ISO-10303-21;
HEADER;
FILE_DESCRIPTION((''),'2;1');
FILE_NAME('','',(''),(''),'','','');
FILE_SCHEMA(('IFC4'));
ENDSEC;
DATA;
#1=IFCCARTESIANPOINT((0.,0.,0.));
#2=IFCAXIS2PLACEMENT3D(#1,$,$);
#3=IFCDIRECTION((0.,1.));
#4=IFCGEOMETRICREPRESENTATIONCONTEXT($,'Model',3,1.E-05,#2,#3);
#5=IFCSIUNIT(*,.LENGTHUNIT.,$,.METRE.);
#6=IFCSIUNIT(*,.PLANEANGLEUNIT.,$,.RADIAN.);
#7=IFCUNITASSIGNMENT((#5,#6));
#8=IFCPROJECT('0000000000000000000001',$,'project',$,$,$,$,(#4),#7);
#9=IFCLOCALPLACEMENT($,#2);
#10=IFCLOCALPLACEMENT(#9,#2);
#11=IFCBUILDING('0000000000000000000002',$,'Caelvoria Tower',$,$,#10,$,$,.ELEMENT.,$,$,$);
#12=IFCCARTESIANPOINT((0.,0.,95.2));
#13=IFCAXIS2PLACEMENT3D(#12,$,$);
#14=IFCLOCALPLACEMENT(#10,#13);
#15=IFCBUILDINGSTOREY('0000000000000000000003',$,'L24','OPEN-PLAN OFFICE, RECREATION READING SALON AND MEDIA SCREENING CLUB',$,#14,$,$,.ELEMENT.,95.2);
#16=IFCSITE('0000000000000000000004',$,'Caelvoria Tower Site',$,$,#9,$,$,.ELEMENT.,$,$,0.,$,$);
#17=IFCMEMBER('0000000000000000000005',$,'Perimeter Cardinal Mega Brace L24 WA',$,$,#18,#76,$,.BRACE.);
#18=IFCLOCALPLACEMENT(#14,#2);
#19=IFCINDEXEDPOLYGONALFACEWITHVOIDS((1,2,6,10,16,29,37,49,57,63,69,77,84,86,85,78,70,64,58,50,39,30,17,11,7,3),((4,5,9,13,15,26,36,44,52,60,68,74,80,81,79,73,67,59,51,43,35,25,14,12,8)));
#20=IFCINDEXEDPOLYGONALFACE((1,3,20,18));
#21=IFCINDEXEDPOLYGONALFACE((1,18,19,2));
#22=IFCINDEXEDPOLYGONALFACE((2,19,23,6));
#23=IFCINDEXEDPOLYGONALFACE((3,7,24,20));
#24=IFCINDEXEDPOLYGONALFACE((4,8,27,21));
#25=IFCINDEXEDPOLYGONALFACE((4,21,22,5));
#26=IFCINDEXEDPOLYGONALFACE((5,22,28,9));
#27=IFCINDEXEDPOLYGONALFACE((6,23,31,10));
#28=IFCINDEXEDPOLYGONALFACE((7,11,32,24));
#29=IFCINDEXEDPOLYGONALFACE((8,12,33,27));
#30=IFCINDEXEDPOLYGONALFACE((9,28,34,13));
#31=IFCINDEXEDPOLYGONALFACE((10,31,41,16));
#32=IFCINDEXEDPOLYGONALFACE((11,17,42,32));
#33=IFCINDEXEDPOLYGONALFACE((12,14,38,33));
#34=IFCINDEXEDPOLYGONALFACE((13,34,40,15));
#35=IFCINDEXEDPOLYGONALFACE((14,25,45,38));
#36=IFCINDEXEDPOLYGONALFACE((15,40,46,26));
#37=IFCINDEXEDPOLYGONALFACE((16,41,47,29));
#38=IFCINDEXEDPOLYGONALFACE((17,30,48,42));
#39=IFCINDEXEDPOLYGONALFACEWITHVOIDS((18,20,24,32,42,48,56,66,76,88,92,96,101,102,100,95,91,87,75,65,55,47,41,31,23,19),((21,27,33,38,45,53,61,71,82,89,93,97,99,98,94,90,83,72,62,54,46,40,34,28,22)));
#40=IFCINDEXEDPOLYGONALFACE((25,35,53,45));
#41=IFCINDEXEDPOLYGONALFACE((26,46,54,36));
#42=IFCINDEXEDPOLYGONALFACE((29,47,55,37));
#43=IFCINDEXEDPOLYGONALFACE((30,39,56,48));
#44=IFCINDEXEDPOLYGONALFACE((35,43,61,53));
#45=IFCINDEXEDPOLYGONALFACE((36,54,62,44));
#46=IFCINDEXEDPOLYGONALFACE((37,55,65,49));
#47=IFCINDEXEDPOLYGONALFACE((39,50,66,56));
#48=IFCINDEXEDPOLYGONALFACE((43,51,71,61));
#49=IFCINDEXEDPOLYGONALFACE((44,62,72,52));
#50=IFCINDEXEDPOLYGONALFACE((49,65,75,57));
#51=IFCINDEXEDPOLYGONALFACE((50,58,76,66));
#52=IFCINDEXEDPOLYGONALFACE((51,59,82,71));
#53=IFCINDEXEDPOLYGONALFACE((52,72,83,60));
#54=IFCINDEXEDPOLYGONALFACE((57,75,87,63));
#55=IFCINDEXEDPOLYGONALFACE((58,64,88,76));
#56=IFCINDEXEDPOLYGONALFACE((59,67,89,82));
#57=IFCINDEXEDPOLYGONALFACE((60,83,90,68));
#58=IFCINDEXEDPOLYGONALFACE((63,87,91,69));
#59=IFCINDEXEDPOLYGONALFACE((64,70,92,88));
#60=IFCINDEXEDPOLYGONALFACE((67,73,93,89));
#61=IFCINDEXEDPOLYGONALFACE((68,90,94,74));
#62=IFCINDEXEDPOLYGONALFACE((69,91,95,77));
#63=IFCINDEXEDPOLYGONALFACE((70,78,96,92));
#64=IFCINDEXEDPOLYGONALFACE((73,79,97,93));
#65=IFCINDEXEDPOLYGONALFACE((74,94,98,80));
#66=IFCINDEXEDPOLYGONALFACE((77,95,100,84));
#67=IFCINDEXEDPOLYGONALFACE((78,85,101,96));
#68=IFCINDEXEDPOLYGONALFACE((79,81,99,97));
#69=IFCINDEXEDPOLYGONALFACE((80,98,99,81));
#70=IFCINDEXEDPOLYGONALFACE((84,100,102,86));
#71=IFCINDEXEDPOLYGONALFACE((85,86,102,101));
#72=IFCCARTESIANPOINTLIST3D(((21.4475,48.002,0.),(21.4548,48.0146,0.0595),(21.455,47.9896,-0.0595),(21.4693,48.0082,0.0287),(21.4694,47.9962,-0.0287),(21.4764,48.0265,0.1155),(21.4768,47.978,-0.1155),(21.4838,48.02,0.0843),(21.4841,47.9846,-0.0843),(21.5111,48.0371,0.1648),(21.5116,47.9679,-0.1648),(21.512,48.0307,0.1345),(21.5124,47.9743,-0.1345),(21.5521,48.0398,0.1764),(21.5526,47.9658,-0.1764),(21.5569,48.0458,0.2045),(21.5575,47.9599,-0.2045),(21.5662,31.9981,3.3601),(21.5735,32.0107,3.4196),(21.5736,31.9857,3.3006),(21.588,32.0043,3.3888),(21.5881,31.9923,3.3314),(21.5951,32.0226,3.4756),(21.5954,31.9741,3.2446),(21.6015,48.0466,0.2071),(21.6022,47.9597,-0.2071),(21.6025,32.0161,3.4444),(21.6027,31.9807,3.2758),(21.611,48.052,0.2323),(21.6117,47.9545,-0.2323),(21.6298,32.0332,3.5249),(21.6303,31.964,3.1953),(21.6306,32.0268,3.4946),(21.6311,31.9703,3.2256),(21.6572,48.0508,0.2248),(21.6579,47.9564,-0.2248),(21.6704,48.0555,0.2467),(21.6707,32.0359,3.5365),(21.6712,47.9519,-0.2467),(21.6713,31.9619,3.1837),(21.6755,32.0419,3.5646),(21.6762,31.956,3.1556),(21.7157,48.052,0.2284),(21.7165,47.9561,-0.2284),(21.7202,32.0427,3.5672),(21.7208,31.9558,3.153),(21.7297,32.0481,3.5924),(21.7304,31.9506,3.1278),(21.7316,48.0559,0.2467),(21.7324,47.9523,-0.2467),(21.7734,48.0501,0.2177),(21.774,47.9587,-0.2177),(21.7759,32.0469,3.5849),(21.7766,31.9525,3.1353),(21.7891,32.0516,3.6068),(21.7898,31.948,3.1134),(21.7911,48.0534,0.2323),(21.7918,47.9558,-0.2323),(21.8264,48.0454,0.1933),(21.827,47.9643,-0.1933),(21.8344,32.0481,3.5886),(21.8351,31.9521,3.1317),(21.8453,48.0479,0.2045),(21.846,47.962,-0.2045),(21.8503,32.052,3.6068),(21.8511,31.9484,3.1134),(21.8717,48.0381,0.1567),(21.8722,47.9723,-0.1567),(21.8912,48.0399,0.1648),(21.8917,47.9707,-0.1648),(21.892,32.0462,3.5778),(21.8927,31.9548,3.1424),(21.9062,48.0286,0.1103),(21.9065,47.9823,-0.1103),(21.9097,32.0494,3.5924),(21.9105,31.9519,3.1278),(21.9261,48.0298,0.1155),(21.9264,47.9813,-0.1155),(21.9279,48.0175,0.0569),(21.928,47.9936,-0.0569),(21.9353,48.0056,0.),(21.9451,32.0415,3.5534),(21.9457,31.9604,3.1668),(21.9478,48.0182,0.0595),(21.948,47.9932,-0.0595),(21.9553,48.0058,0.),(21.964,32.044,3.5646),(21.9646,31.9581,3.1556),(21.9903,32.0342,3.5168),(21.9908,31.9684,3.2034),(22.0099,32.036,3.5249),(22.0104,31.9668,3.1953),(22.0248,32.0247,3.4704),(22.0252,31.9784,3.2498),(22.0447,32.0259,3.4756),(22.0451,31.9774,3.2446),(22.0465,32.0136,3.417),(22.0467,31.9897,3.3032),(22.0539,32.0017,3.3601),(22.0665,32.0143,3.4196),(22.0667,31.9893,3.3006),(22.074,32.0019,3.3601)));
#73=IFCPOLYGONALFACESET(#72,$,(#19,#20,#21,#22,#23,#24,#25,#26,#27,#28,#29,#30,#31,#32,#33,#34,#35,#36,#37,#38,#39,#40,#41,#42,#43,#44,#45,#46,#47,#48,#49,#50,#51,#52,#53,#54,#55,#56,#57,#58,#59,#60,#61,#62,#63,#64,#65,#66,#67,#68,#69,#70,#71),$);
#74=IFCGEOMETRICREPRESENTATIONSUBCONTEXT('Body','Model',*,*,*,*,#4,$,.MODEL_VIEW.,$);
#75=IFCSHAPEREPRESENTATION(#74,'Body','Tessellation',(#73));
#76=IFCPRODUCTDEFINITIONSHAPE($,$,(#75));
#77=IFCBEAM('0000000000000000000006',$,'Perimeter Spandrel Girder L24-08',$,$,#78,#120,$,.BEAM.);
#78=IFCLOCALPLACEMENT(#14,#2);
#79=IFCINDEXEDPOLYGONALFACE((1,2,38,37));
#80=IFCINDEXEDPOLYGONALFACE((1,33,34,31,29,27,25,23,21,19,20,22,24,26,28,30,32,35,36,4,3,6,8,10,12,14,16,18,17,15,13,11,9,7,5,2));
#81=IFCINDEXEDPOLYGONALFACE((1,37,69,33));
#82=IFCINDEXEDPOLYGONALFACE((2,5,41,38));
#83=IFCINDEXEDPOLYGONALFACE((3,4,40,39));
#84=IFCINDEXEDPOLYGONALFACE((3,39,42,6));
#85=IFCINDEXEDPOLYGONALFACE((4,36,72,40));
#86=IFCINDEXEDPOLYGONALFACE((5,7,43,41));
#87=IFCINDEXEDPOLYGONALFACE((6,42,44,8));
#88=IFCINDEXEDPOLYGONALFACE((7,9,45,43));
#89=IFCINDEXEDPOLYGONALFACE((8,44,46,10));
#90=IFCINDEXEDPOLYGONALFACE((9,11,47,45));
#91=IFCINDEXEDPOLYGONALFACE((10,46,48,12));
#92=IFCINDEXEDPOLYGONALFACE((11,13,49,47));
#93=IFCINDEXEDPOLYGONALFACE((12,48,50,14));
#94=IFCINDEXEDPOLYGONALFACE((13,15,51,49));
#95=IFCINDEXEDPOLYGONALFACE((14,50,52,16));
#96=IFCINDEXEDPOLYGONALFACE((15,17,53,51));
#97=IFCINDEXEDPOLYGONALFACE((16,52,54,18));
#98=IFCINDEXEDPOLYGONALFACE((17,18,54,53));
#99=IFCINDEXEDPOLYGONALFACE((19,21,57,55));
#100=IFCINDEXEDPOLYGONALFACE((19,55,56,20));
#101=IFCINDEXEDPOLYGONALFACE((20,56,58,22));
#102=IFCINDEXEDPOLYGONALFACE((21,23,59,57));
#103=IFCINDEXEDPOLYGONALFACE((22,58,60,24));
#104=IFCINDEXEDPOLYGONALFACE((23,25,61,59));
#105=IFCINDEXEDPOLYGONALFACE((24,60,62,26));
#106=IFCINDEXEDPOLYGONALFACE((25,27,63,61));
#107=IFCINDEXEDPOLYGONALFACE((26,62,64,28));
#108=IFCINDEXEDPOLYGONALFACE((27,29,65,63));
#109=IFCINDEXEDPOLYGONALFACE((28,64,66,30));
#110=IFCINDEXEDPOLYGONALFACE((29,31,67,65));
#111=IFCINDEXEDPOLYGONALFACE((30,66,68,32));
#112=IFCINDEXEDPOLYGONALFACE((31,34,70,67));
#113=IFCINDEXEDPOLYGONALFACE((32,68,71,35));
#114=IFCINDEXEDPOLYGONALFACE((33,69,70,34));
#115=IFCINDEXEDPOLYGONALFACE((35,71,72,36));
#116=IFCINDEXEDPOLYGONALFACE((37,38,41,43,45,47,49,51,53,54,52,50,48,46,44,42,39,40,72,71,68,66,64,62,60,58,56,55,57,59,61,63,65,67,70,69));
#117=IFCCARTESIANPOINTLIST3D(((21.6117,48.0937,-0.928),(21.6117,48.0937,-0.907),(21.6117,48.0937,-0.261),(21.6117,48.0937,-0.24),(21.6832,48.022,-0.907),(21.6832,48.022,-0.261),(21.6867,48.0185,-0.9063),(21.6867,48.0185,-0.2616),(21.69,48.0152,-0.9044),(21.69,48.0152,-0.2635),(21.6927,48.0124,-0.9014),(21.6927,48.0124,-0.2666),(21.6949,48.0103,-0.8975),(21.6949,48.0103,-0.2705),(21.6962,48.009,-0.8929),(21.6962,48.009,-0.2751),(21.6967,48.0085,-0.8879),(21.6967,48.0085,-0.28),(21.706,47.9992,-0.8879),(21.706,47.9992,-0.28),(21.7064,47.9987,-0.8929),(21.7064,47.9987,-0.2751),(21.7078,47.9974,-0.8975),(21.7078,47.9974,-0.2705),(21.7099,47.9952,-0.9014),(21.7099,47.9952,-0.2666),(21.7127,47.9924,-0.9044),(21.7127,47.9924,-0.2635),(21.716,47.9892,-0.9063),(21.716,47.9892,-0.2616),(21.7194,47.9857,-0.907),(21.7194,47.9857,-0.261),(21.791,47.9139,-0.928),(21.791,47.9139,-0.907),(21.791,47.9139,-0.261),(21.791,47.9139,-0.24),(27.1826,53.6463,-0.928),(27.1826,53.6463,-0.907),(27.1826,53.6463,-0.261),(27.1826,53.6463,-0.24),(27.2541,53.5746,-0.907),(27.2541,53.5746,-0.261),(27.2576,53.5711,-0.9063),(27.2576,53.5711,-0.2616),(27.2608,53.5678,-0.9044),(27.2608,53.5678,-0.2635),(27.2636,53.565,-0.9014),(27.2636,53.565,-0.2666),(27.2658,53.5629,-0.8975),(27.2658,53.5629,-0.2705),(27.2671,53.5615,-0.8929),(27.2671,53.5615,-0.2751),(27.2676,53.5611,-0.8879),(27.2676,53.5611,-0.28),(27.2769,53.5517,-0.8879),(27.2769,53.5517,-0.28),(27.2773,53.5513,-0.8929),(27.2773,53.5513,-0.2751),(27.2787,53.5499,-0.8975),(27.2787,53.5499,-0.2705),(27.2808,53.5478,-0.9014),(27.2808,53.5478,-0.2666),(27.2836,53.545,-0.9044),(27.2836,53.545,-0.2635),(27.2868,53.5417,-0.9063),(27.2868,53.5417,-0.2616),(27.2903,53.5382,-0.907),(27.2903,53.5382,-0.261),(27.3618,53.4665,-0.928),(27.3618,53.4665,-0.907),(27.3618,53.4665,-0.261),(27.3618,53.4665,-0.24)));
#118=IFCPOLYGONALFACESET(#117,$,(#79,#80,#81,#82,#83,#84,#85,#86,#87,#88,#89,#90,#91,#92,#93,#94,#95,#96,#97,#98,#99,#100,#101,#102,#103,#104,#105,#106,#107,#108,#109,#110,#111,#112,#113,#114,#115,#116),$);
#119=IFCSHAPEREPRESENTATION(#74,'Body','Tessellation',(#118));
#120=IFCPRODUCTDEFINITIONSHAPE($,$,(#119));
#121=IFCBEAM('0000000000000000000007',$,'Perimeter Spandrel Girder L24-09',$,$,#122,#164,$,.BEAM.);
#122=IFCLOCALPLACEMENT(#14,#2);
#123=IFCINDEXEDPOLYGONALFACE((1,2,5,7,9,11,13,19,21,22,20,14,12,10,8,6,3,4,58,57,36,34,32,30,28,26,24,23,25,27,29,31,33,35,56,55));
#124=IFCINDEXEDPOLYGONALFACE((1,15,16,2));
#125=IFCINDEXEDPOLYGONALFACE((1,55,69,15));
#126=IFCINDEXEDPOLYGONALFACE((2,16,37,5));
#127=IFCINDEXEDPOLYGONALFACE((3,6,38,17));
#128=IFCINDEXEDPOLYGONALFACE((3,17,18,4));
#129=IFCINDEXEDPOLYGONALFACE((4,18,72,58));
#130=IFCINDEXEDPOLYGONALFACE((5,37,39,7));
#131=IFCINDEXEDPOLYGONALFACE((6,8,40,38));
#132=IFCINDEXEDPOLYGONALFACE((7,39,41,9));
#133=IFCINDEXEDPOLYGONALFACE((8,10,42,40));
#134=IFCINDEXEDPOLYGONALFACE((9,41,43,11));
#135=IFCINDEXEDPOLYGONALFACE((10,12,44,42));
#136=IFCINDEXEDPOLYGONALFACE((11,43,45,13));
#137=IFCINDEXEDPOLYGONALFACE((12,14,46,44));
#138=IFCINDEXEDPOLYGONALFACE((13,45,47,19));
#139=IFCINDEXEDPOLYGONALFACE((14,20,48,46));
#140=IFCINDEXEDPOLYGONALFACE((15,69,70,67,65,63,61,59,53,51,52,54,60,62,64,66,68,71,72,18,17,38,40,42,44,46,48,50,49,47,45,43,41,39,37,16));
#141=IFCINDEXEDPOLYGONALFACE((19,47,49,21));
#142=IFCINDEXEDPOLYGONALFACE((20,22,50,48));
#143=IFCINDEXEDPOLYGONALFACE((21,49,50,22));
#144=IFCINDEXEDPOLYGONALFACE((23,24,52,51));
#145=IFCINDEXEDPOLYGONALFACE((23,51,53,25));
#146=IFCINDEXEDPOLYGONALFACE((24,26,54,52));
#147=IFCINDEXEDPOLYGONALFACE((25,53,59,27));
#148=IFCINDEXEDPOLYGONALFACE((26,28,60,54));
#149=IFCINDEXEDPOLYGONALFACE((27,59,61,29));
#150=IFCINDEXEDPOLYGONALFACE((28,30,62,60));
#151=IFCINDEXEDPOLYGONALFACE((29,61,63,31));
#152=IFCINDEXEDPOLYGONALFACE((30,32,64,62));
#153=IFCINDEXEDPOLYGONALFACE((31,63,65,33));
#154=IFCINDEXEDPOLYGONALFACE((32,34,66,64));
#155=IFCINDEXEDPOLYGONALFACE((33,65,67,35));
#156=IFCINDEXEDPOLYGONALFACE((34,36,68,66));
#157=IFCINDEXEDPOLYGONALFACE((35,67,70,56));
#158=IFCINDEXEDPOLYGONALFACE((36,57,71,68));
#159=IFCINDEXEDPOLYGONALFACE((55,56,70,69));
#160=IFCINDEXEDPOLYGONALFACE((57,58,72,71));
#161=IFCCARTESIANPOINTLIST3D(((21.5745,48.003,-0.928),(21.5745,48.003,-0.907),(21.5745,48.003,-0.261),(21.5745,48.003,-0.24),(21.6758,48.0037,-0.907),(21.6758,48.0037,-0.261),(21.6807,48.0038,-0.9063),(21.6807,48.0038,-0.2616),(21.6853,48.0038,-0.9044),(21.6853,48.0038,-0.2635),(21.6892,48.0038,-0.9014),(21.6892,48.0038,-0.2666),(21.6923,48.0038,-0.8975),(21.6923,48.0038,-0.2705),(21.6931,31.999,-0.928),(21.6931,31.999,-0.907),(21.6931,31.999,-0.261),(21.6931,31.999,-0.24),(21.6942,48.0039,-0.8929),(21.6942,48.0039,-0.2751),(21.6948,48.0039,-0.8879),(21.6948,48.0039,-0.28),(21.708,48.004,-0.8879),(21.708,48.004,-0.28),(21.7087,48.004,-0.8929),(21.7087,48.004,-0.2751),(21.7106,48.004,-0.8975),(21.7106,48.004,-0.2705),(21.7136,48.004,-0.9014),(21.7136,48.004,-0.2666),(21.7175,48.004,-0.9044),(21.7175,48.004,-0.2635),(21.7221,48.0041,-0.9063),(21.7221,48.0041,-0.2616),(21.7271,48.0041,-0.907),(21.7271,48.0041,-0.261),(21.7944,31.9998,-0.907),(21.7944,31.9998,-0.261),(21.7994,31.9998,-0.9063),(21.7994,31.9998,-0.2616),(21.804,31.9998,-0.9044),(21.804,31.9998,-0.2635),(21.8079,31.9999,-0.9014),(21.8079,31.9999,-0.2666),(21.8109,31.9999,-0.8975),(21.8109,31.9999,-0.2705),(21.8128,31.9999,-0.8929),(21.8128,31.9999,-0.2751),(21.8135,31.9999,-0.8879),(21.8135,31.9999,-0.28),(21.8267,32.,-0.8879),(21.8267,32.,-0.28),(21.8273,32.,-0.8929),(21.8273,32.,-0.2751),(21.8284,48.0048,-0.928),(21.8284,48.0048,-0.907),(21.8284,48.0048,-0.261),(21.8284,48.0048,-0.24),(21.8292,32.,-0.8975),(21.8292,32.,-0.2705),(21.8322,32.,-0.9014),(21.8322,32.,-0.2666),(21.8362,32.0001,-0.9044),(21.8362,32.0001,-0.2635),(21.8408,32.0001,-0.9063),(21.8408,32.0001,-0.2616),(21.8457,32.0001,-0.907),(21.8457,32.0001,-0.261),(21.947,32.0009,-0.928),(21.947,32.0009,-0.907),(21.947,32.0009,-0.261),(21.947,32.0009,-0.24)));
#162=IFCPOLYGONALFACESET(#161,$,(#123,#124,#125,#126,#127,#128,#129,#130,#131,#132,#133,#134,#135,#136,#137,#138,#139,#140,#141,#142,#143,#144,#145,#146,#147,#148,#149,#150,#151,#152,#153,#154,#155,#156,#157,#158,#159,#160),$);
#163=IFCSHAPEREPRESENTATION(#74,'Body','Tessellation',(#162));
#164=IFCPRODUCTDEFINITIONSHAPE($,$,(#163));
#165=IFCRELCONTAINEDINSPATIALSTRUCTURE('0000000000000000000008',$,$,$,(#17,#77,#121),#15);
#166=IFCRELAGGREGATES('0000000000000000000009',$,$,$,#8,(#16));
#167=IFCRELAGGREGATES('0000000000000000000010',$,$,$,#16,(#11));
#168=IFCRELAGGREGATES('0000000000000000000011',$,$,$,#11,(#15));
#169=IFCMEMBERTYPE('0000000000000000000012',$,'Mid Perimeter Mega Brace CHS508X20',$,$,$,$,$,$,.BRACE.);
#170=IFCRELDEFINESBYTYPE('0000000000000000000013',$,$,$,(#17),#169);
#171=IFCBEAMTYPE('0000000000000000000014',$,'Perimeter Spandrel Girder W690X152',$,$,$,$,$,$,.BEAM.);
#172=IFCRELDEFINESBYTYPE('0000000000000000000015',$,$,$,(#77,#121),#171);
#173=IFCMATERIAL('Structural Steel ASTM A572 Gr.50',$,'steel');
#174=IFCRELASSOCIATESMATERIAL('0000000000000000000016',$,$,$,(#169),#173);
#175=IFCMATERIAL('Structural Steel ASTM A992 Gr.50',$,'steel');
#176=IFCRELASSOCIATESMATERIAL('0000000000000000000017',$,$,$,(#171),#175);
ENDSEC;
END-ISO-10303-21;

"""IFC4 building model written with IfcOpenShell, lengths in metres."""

from ifc_helpers import new_model, si_unit, direction, frame, origin, origin_2d, place, context, subcontext, project, spatial, hollow_circle, i_section, extrude, material, material_profile, profile_set, type_object, element, save


model = new_model("IFC4")

# Units and contexts
model_context = context("Model", 3, precision=1e-05, world=origin(), true_north=direction((0.0, 1.0)))
body_context = subcontext(model_context, "Body", "Model", "MODEL_VIEW")
ifc_project = project(units=[si_unit("LENGTHUNIT", "METRE"), si_unit("PLANEANGLEUNIT", "RADIAN")], contexts=[model_context])

# Site, building, storey
site_placement = place(None, origin())
site = spatial("IfcSite", under=ifc_project, at=site_placement, Name="Caelvoria Tower Site", CompositionType="ELEMENT", RefElevation=0.0)
building_placement = place(site_placement, origin())
building = spatial("IfcBuilding", under=site, at=building_placement, Name="Caelvoria Tower", CompositionType="ELEMENT")
storey_placement = place(building_placement, frame((0.0, 0.0, 95.2)))
storey = spatial("IfcBuildingStorey", under=building, at=storey_placement, Name="L24", Description="OPEN-PLAN OFFICE, RECREATION READING SALON AND MEDIA SCREENING CLUB", CompositionType="ELEMENT", Elevation=95.2)

# Shared definitions
ifc_material_1 = material(Name="Structural Steel ASTM A572 Gr.50", Category="steel")

# Member
ifc_material_profile_1 = material_profile(ifc_material_1, hollow_circle(Radius=0.2539, WallThickness=0.02, at=origin_2d()), Name="Structural Steel ASTM A572 Gr.50")
ifc_profile_set_1 = profile_set([ifc_material_profile_1], Name="CHS508X20 - Structural Steel ASTM A572 Gr.50")
member_type = type_object("IfcMemberType", Name="Mid Perimeter Mega Brace CHS508X20", PredefinedType="BRACE", material=ifc_profile_set_1)
member_1_placement = place(storey_placement, frame((21.7014, 48.0039, 0.0), z_axis=(0.007256, -0.978637, 0.20547), x_axis=(0.999973, 0.007414, 0.0)))
element("IfcMember", 1, at=member_1_placement, inside=storey, type_object=member_type, Name="Perimeter Cardinal Mega Brace L24 WA", PredefinedType="BRACE", context=body_context, shape_type="SweptSolid", body=[
    extrude(hollow_circle(Radius=0.2539, WallThickness=0.02, at=origin_2d()), origin(), (0.0, 0.0, 1.0), 16.3533),
])

# Beams
ifc_material_2 = material(Name="Structural Steel ASTM A992 Gr.50", Category="steel")
ifc_material_profile_2 = material_profile(ifc_material_2, i_section(OverallWidth=0.2539, OverallDepth=0.688, WebThickness=0.0132, FlangeThickness=0.021, FilletRadius=0.019, at=origin_2d()), Name="Structural Steel ASTM A992 Gr.50")
ifc_profile_set_2 = profile_set([ifc_material_profile_2], Name="W690X152 - Structural Steel ASTM A992 Gr.50")
beam_type_1 = type_object("IfcBeamType", Name="Perimeter Spandrel Girder W690X152", PredefinedType="BEAM", material=ifc_profile_set_2)
beam_1_placement = place(storey_placement, frame((27.2722, 53.5564, -0.584), z_axis=(-0.70827, -0.705942, 0.0), x_axis=(0.705942, -0.70827, 0.0)))
element("IfcBeam", 2, at=beam_1_placement, inside=storey, type_object=beam_type_1, Name="Perimeter Spandrel Girder L24-08", PredefinedType="BEAM", context=body_context, shape_type="SweptSolid", body=[
    extrude(i_section(OverallWidth=0.2539, OverallDepth=0.688, WebThickness=0.0132, FlangeThickness=0.021, FilletRadius=0.019, at=origin_2d()), origin(), (0.0, 0.0, 1.0), 7.8655),
])
beam_2_placement = place(storey_placement, frame((21.7014, 48.0039, -0.584), z_axis=(0.007414, -0.999973, 0.0), x_axis=(0.999973, 0.007414, 0.0)))
element("IfcBeam", 3, at=beam_2_placement, inside=storey, type_object=beam_type_1, Name="Perimeter Spandrel Girder L24-09", PredefinedType="BEAM", context=body_context, shape_type="SweptSolid", body=[
    extrude(i_section(OverallWidth=0.2539, OverallDepth=0.688, WebThickness=0.0132, FlangeThickness=0.021, FilletRadius=0.019, at=origin_2d()), origin(), (0.0, 0.0, 1.0), 16.0044),
])

save(model, "model.ifc")
